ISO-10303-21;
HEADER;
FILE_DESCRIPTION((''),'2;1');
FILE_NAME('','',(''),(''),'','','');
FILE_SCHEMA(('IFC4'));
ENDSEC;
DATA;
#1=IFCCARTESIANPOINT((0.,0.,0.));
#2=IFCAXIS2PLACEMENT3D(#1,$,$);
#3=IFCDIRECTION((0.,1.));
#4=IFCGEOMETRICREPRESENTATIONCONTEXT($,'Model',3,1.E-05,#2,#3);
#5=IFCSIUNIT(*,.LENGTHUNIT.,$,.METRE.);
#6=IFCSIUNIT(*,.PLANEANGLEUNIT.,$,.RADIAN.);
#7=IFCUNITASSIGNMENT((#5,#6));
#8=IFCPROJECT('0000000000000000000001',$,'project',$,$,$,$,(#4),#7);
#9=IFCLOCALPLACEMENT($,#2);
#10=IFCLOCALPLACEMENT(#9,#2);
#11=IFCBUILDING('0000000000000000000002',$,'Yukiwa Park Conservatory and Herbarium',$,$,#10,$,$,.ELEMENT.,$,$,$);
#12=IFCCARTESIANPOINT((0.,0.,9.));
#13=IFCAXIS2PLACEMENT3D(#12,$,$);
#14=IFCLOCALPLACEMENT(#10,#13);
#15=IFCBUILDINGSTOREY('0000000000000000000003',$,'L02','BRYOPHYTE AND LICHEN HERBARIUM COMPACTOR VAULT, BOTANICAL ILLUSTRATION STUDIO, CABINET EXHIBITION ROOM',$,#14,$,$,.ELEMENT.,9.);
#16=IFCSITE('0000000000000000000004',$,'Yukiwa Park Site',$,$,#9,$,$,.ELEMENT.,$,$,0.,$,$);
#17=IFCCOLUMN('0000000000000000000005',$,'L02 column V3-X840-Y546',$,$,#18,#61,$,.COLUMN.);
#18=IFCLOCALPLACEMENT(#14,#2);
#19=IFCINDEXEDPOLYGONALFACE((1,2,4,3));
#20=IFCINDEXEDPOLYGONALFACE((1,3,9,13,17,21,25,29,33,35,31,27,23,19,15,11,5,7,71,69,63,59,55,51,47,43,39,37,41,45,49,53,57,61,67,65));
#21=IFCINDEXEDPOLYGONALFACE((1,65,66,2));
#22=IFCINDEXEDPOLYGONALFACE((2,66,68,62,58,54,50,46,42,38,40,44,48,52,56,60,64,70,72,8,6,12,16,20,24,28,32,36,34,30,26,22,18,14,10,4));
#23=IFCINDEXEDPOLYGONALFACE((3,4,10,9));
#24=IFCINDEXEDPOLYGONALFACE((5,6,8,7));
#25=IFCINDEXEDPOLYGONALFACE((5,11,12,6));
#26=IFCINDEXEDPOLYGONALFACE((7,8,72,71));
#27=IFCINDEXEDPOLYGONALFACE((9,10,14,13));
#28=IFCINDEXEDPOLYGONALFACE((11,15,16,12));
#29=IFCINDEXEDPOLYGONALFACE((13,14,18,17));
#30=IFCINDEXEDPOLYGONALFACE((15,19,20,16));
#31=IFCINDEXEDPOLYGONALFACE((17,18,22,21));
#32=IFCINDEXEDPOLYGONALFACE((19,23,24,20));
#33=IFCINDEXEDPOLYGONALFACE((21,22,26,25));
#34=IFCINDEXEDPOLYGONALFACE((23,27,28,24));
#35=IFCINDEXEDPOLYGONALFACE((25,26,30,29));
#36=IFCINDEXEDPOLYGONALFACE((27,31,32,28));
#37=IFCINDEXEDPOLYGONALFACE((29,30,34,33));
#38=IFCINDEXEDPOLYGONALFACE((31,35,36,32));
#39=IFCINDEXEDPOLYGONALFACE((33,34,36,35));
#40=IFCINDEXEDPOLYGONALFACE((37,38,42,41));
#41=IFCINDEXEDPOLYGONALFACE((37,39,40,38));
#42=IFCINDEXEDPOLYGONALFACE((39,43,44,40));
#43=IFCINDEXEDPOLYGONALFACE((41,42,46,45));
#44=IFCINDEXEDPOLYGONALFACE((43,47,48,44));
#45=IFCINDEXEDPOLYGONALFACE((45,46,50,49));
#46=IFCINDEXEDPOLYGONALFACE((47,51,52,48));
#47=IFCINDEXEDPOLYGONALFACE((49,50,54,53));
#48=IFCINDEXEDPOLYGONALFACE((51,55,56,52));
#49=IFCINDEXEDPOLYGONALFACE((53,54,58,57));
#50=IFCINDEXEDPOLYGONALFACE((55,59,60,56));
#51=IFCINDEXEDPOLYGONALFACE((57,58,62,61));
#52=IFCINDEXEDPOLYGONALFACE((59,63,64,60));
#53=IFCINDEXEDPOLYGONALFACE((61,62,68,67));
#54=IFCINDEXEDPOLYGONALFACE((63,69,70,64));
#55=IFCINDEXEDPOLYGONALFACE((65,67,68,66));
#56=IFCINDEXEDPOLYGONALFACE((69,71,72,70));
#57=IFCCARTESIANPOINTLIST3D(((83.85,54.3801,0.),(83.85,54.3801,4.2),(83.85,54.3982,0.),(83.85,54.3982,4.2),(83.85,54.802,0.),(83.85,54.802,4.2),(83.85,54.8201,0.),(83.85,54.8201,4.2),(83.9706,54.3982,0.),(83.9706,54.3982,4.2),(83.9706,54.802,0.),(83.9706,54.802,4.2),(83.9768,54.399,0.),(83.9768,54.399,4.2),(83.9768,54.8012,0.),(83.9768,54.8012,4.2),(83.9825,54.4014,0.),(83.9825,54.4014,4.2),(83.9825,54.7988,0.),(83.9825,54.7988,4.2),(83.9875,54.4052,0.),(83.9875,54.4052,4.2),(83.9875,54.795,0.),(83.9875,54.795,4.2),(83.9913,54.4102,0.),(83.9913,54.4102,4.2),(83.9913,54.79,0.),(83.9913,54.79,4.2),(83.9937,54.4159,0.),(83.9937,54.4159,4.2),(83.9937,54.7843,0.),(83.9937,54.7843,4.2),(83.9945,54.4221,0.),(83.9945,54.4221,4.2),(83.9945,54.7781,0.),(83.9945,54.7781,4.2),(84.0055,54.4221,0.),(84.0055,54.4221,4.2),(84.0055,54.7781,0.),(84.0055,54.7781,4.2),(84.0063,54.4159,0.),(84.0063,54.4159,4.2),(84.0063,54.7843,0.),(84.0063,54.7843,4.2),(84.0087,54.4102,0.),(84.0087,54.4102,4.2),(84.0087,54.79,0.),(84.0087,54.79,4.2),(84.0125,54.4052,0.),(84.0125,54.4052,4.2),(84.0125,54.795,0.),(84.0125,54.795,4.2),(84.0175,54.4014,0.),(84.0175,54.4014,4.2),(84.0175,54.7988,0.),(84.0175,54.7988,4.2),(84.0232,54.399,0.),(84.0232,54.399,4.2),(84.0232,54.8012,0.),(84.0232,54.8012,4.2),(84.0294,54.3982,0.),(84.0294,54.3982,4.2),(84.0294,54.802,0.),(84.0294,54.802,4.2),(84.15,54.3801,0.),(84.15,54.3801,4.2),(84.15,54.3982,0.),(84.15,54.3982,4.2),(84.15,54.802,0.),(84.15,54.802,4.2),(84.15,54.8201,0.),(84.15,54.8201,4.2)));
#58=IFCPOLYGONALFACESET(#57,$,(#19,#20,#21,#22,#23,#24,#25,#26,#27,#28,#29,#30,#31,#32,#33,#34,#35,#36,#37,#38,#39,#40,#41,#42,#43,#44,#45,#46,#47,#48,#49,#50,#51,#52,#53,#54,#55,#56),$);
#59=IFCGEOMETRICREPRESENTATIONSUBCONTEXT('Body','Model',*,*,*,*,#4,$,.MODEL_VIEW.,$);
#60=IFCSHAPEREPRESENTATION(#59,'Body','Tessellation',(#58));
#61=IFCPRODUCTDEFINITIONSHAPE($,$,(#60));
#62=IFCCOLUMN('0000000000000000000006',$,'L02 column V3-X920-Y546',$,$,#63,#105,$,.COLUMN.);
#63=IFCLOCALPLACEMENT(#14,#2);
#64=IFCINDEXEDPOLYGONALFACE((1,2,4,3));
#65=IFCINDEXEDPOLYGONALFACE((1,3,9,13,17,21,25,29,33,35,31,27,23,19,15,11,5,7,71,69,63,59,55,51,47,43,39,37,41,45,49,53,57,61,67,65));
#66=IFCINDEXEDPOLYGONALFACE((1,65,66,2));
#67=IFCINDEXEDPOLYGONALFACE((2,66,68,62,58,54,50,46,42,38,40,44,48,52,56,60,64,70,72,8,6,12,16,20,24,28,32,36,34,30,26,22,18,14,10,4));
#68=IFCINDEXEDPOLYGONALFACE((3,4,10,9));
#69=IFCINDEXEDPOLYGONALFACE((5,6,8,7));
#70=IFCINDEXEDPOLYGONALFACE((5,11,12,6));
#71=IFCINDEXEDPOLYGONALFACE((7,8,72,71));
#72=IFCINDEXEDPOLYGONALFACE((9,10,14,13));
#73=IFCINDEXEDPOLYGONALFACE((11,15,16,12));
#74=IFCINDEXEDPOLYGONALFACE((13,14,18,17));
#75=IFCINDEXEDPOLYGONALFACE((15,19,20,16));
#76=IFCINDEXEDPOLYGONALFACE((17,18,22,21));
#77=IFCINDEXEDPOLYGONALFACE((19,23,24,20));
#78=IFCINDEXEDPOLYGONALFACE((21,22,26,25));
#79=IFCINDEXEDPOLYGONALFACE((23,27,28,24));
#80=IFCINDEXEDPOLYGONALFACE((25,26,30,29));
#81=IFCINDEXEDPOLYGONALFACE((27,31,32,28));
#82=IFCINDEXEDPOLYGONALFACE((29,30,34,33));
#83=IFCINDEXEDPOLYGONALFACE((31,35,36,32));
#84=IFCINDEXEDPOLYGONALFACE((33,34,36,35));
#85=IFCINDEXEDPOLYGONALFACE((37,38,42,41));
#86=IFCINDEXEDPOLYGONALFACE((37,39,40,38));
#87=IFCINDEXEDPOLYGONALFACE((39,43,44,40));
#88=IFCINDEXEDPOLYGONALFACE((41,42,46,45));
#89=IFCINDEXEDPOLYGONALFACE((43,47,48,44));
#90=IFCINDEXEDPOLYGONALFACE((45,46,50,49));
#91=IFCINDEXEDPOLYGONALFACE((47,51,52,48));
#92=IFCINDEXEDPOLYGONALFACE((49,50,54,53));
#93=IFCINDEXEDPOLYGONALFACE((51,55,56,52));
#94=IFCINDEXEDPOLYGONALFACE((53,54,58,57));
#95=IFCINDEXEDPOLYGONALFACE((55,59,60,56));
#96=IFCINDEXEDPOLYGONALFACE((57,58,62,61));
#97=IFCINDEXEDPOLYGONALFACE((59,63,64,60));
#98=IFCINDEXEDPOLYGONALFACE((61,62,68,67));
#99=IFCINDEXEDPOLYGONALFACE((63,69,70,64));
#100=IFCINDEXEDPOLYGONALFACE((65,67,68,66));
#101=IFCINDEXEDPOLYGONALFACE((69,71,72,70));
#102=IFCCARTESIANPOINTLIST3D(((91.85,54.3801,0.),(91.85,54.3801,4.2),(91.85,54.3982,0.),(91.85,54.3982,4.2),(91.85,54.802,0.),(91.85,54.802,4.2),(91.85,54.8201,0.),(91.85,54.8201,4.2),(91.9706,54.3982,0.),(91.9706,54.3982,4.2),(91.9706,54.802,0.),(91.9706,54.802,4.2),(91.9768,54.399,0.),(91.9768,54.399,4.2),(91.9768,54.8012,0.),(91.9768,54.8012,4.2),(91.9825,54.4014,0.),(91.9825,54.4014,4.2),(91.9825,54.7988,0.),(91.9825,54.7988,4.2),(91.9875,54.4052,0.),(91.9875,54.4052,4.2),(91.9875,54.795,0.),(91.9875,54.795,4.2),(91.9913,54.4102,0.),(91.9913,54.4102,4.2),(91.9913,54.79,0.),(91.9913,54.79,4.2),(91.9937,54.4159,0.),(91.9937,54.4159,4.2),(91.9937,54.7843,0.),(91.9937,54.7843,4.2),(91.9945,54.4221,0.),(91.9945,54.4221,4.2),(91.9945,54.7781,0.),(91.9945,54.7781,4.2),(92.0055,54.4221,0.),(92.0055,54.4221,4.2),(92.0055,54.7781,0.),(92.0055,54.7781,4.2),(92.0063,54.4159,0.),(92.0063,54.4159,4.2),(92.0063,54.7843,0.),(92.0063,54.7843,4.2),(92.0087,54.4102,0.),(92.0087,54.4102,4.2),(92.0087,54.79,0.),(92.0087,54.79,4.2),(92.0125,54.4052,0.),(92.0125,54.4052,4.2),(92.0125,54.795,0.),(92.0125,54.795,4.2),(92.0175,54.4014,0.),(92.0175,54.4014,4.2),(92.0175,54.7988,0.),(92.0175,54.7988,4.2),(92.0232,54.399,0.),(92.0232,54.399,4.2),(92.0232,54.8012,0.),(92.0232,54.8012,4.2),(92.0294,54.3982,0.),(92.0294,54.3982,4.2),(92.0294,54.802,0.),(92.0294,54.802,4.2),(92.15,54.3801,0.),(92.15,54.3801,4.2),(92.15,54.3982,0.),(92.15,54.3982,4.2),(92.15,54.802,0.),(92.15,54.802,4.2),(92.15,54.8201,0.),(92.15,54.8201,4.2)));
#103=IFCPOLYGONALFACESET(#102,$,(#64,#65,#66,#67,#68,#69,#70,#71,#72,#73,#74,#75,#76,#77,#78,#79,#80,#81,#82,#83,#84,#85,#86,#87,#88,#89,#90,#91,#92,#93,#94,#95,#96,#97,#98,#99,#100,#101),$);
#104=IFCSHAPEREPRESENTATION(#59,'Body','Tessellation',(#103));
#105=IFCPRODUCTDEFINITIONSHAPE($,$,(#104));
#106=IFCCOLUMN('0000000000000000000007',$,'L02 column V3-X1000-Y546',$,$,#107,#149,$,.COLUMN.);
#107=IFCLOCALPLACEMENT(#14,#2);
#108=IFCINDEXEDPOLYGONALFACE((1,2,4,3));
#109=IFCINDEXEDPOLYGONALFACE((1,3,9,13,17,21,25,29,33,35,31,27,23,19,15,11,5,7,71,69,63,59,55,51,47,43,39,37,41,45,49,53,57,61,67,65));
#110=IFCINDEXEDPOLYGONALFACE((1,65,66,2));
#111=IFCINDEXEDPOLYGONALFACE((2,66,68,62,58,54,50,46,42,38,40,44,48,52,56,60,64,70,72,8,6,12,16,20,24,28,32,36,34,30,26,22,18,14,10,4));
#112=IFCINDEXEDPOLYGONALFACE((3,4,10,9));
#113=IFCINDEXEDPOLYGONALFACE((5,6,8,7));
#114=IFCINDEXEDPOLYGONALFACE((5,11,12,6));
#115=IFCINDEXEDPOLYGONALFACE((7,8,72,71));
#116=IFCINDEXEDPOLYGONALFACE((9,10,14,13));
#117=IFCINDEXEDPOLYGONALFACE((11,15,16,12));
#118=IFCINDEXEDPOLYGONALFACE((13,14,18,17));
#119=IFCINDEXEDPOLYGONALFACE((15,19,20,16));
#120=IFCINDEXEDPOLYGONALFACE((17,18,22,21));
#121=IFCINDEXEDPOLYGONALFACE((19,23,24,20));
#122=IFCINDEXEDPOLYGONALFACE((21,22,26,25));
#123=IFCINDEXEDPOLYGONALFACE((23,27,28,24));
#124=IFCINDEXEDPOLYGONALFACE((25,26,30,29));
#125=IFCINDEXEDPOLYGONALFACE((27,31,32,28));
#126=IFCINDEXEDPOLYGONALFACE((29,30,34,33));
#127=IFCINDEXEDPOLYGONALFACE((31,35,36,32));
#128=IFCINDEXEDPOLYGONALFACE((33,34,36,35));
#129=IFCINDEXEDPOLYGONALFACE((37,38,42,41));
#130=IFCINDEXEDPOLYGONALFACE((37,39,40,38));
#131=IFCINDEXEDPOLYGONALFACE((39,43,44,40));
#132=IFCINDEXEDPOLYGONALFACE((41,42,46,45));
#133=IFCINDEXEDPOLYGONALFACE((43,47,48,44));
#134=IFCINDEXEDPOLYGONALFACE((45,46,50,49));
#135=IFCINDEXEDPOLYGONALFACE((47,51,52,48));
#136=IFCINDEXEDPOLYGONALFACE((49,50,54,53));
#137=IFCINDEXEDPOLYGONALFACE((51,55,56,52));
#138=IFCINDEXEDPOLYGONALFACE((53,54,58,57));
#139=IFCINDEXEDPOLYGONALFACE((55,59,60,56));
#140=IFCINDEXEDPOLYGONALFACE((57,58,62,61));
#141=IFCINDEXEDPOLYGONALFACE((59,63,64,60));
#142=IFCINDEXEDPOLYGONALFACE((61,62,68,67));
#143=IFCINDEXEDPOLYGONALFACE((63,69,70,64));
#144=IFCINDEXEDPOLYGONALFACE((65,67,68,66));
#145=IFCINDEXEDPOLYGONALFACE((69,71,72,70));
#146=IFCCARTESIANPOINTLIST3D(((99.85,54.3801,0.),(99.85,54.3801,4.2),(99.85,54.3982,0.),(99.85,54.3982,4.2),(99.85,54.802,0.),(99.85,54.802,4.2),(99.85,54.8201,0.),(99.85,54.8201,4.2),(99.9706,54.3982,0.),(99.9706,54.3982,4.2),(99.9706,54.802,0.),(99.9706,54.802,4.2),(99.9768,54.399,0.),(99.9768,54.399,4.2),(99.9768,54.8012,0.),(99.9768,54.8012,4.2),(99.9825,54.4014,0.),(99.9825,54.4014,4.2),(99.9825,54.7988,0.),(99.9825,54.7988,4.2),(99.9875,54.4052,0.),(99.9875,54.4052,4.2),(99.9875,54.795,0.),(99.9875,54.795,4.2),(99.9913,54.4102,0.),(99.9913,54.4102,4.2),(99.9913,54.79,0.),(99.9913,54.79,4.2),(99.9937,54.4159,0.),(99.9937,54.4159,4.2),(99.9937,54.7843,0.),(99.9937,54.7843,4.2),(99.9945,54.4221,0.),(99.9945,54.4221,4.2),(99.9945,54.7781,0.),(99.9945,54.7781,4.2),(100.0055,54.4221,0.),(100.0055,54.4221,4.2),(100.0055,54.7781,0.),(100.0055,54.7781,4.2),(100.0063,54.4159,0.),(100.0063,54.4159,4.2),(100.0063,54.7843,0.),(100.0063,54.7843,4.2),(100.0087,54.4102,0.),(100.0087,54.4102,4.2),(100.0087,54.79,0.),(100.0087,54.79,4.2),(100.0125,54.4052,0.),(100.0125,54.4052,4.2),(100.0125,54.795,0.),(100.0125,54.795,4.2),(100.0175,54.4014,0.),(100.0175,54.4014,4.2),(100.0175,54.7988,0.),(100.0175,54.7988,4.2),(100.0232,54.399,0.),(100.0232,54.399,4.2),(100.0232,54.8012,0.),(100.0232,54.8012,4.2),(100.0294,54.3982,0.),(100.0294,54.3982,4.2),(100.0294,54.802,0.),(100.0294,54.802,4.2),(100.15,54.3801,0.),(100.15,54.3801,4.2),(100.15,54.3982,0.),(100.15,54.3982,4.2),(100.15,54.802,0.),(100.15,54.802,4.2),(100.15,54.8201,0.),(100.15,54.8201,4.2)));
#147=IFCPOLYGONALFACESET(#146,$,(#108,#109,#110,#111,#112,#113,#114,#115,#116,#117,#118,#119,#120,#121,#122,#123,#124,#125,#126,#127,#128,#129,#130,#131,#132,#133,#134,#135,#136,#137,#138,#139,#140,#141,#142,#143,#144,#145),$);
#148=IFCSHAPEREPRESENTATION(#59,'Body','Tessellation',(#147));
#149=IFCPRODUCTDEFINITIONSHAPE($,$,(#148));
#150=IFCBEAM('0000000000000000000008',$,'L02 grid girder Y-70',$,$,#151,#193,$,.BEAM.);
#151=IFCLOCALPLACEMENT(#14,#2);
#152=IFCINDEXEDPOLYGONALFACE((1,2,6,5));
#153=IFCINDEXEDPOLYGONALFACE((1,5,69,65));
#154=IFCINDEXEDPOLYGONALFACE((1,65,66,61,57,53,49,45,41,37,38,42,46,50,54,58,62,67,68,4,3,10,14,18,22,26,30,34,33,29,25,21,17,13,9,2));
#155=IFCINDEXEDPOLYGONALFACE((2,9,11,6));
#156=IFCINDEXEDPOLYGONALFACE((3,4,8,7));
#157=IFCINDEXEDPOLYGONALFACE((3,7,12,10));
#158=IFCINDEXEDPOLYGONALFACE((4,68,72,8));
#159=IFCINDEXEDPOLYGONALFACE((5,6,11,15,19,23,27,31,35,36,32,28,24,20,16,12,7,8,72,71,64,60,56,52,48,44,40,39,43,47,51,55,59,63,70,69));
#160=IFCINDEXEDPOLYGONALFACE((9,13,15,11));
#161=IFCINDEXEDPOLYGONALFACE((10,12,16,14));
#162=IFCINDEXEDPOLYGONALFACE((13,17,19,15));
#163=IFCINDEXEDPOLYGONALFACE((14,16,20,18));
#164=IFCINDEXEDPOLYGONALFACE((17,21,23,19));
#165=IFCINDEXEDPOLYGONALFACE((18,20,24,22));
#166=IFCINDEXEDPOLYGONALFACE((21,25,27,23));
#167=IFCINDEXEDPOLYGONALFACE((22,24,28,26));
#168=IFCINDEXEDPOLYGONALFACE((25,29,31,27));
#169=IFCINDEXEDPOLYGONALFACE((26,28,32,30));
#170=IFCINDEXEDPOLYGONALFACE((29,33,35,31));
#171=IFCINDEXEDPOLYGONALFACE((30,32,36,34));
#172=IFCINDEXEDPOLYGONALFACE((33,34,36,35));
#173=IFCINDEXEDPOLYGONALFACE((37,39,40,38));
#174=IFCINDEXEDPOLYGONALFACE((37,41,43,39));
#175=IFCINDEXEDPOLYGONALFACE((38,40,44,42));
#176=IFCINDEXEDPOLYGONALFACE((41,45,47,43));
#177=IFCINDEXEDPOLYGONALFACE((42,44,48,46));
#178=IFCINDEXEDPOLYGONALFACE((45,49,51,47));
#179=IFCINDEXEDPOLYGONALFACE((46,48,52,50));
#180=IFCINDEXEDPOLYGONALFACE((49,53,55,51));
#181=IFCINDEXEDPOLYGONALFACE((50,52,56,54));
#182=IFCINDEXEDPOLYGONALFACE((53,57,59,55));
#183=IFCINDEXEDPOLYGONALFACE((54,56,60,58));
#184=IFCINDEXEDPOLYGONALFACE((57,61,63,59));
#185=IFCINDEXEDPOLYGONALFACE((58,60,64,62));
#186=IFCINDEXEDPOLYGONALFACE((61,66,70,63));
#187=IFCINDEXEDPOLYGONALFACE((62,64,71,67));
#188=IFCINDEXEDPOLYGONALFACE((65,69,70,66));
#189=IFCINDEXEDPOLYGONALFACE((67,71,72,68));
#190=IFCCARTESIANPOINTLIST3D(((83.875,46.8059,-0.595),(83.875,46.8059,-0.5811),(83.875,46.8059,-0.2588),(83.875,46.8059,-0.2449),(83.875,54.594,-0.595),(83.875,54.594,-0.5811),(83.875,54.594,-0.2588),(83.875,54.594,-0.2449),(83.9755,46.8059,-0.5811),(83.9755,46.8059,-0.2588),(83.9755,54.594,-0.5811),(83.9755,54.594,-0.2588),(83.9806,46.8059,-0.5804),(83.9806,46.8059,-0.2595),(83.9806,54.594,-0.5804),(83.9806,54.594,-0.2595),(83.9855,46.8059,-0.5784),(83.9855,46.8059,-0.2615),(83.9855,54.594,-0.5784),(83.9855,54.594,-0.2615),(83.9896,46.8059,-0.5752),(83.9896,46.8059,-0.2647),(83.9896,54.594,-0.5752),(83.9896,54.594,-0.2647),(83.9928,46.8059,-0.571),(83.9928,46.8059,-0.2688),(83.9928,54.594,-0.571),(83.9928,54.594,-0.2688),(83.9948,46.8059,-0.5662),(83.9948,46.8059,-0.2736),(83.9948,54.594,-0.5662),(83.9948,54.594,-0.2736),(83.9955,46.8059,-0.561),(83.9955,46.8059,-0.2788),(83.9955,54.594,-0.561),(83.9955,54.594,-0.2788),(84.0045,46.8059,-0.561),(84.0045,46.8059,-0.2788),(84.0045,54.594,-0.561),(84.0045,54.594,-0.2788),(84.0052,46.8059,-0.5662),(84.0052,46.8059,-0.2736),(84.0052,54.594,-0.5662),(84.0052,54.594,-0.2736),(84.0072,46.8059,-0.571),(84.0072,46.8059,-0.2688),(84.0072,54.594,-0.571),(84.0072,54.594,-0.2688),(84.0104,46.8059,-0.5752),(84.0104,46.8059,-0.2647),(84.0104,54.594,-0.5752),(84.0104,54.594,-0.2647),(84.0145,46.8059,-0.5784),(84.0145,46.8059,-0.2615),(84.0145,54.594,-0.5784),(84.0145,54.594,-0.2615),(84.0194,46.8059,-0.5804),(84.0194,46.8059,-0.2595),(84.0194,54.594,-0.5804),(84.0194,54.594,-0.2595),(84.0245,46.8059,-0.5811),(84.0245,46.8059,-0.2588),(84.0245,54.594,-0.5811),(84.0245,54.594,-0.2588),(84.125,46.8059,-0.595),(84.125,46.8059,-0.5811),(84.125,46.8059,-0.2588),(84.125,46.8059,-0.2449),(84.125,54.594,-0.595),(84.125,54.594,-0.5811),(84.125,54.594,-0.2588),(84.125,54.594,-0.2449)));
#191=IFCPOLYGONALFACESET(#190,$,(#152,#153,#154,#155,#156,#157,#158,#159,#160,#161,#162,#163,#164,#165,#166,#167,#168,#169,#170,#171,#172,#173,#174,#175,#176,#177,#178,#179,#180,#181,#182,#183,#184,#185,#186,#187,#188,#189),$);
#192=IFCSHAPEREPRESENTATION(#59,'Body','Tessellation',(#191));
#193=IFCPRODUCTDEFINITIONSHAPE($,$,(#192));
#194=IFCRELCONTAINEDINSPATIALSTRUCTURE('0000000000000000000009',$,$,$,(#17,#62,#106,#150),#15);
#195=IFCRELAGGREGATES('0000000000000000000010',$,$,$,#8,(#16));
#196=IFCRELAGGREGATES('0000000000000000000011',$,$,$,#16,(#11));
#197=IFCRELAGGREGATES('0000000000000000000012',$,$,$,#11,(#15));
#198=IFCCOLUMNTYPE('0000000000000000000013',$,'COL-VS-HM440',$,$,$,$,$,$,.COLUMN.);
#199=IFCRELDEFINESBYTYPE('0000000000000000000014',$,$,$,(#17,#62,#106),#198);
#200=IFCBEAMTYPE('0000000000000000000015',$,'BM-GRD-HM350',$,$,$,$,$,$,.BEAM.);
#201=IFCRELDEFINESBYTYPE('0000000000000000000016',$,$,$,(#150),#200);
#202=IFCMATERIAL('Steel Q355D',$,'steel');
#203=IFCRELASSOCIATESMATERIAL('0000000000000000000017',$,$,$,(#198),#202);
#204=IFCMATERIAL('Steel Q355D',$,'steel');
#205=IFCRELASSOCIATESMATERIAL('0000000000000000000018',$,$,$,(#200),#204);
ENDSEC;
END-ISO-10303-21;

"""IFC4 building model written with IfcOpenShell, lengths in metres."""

from ifc_helpers import new_model, si_unit, direction, frame, origin, origin_2d, place, context, subcontext, project, spatial, i_section, extrude, material, material_profile, profile_set, type_object, element, save


model = new_model("IFC4")

# Units and contexts
model_context = context("Model", 3, precision=1e-05, world=origin(), true_north=direction((0.0, 1.0)))
body_context = subcontext(model_context, "Body", "Model", "MODEL_VIEW")
ifc_project = project(units=[si_unit("LENGTHUNIT", "METRE"), si_unit("PLANEANGLEUNIT", "RADIAN")], contexts=[model_context])

# Site, building, storey
site_placement = place(None, origin())
site = spatial("IfcSite", under=ifc_project, at=site_placement, Name="Yukiwa Park Site", CompositionType="ELEMENT", RefElevation=0.0)
building_placement = place(site_placement, origin())
building = spatial("IfcBuilding", under=site, at=building_placement, Name="Yukiwa Park Conservatory and Herbarium", CompositionType="ELEMENT")
storey_placement = place(building_placement, frame((0.0, 0.0, 9.0)))
storey = spatial("IfcBuildingStorey", under=building, at=storey_placement, Name="L02", Description="BRYOPHYTE AND LICHEN HERBARIUM COMPACTOR VAULT, BOTANICAL ILLUSTRATION STUDIO, CABINET EXHIBITION ROOM", CompositionType="ELEMENT", Elevation=9.0)

# Columns
ifc_material_1 = material(Name="Steel Q355D", Category="steel")
ifc_material_profile_1 = material_profile(ifc_material_1, i_section(OverallWidth=0.3, OverallDepth=0.4399, WebThickness=0.011, FlangeThickness=0.0181, FilletRadius=0.0239, at=origin_2d()), Name="HM 440x300x11x18")
ifc_profile_set_1 = profile_set([ifc_material_profile_1], Name="Steel Q355D")
column_type = type_object("IfcColumnType", Name="COL-VS-HM440", PredefinedType="COLUMN", material=ifc_profile_set_1)
for number, where, z_axis, x_axis, name in (
    (1, (84.0, 54.6001, 0.0), (0.0, 0.0, 1.0), (1.0, 0.0, 0.0), "L02 column V3-X840-Y546"),
    (2, (92.0, 54.6001, 0.0), (0.0, 0.0, 1.0), (1.0, 0.0, 0.0), "L02 column V3-X920-Y546"),
    (3, (100.0, 54.6001, 0.0), (0.0, 0.0, 1.0), (1.0, 0.0, 0.0), "L02 column V3-X1000-Y546"),
):
    element("IfcColumn", number, at=place(storey_placement, frame(where, z_axis=z_axis, x_axis=x_axis)), inside=storey, type_object=column_type, Name=name, PredefinedType="COLUMN", context=body_context, shape_type="SweptSolid", body=[
        extrude(i_section(OverallWidth=0.3, OverallDepth=0.4399, WebThickness=0.011, FlangeThickness=0.0181, FilletRadius=0.0239, at=origin_2d()), origin(), (0.0, 0.0, 1.0), 4.2),
    ])

# Beam
ifc_material_2 = material(Name="Steel Q355D", Category="steel")
ifc_material_profile_2 = material_profile(ifc_material_2, i_section(OverallWidth=0.25, OverallDepth=0.3501, WebThickness=0.009, FlangeThickness=0.0139, FilletRadius=0.02, at=origin_2d()), Name="HM 350x250x9x14")
ifc_profile_set_2 = profile_set([ifc_material_profile_2], Name="Steel Q355D")
beam_type_1 = type_object("IfcBeamType", Name="BM-GRD-HM350", PredefinedType="BEAM", material=ifc_profile_set_2)
for number, where, z_axis, x_axis, name in (
    (4, (84.0, 46.8059, -0.4199), (0.0, 1.0, 0.0), (-1.0, 0.0, 0.0), "L02 grid girder Y-70"),
):
    element("IfcBeam", number, at=place(storey_placement, frame(where, z_axis=z_axis, x_axis=x_axis)), inside=storey, type_object=beam_type_1, Name=name, PredefinedType="BEAM", context=body_context, shape_type="SweptSolid", body=[
        extrude(i_section(OverallWidth=0.25, OverallDepth=0.3501, WebThickness=0.009, FlangeThickness=0.0139, FilletRadius=0.02, at=origin_2d()), origin(), (0.0, 0.0, 1.0), 7.7881),
    ])

save(model, "model.ifc")
